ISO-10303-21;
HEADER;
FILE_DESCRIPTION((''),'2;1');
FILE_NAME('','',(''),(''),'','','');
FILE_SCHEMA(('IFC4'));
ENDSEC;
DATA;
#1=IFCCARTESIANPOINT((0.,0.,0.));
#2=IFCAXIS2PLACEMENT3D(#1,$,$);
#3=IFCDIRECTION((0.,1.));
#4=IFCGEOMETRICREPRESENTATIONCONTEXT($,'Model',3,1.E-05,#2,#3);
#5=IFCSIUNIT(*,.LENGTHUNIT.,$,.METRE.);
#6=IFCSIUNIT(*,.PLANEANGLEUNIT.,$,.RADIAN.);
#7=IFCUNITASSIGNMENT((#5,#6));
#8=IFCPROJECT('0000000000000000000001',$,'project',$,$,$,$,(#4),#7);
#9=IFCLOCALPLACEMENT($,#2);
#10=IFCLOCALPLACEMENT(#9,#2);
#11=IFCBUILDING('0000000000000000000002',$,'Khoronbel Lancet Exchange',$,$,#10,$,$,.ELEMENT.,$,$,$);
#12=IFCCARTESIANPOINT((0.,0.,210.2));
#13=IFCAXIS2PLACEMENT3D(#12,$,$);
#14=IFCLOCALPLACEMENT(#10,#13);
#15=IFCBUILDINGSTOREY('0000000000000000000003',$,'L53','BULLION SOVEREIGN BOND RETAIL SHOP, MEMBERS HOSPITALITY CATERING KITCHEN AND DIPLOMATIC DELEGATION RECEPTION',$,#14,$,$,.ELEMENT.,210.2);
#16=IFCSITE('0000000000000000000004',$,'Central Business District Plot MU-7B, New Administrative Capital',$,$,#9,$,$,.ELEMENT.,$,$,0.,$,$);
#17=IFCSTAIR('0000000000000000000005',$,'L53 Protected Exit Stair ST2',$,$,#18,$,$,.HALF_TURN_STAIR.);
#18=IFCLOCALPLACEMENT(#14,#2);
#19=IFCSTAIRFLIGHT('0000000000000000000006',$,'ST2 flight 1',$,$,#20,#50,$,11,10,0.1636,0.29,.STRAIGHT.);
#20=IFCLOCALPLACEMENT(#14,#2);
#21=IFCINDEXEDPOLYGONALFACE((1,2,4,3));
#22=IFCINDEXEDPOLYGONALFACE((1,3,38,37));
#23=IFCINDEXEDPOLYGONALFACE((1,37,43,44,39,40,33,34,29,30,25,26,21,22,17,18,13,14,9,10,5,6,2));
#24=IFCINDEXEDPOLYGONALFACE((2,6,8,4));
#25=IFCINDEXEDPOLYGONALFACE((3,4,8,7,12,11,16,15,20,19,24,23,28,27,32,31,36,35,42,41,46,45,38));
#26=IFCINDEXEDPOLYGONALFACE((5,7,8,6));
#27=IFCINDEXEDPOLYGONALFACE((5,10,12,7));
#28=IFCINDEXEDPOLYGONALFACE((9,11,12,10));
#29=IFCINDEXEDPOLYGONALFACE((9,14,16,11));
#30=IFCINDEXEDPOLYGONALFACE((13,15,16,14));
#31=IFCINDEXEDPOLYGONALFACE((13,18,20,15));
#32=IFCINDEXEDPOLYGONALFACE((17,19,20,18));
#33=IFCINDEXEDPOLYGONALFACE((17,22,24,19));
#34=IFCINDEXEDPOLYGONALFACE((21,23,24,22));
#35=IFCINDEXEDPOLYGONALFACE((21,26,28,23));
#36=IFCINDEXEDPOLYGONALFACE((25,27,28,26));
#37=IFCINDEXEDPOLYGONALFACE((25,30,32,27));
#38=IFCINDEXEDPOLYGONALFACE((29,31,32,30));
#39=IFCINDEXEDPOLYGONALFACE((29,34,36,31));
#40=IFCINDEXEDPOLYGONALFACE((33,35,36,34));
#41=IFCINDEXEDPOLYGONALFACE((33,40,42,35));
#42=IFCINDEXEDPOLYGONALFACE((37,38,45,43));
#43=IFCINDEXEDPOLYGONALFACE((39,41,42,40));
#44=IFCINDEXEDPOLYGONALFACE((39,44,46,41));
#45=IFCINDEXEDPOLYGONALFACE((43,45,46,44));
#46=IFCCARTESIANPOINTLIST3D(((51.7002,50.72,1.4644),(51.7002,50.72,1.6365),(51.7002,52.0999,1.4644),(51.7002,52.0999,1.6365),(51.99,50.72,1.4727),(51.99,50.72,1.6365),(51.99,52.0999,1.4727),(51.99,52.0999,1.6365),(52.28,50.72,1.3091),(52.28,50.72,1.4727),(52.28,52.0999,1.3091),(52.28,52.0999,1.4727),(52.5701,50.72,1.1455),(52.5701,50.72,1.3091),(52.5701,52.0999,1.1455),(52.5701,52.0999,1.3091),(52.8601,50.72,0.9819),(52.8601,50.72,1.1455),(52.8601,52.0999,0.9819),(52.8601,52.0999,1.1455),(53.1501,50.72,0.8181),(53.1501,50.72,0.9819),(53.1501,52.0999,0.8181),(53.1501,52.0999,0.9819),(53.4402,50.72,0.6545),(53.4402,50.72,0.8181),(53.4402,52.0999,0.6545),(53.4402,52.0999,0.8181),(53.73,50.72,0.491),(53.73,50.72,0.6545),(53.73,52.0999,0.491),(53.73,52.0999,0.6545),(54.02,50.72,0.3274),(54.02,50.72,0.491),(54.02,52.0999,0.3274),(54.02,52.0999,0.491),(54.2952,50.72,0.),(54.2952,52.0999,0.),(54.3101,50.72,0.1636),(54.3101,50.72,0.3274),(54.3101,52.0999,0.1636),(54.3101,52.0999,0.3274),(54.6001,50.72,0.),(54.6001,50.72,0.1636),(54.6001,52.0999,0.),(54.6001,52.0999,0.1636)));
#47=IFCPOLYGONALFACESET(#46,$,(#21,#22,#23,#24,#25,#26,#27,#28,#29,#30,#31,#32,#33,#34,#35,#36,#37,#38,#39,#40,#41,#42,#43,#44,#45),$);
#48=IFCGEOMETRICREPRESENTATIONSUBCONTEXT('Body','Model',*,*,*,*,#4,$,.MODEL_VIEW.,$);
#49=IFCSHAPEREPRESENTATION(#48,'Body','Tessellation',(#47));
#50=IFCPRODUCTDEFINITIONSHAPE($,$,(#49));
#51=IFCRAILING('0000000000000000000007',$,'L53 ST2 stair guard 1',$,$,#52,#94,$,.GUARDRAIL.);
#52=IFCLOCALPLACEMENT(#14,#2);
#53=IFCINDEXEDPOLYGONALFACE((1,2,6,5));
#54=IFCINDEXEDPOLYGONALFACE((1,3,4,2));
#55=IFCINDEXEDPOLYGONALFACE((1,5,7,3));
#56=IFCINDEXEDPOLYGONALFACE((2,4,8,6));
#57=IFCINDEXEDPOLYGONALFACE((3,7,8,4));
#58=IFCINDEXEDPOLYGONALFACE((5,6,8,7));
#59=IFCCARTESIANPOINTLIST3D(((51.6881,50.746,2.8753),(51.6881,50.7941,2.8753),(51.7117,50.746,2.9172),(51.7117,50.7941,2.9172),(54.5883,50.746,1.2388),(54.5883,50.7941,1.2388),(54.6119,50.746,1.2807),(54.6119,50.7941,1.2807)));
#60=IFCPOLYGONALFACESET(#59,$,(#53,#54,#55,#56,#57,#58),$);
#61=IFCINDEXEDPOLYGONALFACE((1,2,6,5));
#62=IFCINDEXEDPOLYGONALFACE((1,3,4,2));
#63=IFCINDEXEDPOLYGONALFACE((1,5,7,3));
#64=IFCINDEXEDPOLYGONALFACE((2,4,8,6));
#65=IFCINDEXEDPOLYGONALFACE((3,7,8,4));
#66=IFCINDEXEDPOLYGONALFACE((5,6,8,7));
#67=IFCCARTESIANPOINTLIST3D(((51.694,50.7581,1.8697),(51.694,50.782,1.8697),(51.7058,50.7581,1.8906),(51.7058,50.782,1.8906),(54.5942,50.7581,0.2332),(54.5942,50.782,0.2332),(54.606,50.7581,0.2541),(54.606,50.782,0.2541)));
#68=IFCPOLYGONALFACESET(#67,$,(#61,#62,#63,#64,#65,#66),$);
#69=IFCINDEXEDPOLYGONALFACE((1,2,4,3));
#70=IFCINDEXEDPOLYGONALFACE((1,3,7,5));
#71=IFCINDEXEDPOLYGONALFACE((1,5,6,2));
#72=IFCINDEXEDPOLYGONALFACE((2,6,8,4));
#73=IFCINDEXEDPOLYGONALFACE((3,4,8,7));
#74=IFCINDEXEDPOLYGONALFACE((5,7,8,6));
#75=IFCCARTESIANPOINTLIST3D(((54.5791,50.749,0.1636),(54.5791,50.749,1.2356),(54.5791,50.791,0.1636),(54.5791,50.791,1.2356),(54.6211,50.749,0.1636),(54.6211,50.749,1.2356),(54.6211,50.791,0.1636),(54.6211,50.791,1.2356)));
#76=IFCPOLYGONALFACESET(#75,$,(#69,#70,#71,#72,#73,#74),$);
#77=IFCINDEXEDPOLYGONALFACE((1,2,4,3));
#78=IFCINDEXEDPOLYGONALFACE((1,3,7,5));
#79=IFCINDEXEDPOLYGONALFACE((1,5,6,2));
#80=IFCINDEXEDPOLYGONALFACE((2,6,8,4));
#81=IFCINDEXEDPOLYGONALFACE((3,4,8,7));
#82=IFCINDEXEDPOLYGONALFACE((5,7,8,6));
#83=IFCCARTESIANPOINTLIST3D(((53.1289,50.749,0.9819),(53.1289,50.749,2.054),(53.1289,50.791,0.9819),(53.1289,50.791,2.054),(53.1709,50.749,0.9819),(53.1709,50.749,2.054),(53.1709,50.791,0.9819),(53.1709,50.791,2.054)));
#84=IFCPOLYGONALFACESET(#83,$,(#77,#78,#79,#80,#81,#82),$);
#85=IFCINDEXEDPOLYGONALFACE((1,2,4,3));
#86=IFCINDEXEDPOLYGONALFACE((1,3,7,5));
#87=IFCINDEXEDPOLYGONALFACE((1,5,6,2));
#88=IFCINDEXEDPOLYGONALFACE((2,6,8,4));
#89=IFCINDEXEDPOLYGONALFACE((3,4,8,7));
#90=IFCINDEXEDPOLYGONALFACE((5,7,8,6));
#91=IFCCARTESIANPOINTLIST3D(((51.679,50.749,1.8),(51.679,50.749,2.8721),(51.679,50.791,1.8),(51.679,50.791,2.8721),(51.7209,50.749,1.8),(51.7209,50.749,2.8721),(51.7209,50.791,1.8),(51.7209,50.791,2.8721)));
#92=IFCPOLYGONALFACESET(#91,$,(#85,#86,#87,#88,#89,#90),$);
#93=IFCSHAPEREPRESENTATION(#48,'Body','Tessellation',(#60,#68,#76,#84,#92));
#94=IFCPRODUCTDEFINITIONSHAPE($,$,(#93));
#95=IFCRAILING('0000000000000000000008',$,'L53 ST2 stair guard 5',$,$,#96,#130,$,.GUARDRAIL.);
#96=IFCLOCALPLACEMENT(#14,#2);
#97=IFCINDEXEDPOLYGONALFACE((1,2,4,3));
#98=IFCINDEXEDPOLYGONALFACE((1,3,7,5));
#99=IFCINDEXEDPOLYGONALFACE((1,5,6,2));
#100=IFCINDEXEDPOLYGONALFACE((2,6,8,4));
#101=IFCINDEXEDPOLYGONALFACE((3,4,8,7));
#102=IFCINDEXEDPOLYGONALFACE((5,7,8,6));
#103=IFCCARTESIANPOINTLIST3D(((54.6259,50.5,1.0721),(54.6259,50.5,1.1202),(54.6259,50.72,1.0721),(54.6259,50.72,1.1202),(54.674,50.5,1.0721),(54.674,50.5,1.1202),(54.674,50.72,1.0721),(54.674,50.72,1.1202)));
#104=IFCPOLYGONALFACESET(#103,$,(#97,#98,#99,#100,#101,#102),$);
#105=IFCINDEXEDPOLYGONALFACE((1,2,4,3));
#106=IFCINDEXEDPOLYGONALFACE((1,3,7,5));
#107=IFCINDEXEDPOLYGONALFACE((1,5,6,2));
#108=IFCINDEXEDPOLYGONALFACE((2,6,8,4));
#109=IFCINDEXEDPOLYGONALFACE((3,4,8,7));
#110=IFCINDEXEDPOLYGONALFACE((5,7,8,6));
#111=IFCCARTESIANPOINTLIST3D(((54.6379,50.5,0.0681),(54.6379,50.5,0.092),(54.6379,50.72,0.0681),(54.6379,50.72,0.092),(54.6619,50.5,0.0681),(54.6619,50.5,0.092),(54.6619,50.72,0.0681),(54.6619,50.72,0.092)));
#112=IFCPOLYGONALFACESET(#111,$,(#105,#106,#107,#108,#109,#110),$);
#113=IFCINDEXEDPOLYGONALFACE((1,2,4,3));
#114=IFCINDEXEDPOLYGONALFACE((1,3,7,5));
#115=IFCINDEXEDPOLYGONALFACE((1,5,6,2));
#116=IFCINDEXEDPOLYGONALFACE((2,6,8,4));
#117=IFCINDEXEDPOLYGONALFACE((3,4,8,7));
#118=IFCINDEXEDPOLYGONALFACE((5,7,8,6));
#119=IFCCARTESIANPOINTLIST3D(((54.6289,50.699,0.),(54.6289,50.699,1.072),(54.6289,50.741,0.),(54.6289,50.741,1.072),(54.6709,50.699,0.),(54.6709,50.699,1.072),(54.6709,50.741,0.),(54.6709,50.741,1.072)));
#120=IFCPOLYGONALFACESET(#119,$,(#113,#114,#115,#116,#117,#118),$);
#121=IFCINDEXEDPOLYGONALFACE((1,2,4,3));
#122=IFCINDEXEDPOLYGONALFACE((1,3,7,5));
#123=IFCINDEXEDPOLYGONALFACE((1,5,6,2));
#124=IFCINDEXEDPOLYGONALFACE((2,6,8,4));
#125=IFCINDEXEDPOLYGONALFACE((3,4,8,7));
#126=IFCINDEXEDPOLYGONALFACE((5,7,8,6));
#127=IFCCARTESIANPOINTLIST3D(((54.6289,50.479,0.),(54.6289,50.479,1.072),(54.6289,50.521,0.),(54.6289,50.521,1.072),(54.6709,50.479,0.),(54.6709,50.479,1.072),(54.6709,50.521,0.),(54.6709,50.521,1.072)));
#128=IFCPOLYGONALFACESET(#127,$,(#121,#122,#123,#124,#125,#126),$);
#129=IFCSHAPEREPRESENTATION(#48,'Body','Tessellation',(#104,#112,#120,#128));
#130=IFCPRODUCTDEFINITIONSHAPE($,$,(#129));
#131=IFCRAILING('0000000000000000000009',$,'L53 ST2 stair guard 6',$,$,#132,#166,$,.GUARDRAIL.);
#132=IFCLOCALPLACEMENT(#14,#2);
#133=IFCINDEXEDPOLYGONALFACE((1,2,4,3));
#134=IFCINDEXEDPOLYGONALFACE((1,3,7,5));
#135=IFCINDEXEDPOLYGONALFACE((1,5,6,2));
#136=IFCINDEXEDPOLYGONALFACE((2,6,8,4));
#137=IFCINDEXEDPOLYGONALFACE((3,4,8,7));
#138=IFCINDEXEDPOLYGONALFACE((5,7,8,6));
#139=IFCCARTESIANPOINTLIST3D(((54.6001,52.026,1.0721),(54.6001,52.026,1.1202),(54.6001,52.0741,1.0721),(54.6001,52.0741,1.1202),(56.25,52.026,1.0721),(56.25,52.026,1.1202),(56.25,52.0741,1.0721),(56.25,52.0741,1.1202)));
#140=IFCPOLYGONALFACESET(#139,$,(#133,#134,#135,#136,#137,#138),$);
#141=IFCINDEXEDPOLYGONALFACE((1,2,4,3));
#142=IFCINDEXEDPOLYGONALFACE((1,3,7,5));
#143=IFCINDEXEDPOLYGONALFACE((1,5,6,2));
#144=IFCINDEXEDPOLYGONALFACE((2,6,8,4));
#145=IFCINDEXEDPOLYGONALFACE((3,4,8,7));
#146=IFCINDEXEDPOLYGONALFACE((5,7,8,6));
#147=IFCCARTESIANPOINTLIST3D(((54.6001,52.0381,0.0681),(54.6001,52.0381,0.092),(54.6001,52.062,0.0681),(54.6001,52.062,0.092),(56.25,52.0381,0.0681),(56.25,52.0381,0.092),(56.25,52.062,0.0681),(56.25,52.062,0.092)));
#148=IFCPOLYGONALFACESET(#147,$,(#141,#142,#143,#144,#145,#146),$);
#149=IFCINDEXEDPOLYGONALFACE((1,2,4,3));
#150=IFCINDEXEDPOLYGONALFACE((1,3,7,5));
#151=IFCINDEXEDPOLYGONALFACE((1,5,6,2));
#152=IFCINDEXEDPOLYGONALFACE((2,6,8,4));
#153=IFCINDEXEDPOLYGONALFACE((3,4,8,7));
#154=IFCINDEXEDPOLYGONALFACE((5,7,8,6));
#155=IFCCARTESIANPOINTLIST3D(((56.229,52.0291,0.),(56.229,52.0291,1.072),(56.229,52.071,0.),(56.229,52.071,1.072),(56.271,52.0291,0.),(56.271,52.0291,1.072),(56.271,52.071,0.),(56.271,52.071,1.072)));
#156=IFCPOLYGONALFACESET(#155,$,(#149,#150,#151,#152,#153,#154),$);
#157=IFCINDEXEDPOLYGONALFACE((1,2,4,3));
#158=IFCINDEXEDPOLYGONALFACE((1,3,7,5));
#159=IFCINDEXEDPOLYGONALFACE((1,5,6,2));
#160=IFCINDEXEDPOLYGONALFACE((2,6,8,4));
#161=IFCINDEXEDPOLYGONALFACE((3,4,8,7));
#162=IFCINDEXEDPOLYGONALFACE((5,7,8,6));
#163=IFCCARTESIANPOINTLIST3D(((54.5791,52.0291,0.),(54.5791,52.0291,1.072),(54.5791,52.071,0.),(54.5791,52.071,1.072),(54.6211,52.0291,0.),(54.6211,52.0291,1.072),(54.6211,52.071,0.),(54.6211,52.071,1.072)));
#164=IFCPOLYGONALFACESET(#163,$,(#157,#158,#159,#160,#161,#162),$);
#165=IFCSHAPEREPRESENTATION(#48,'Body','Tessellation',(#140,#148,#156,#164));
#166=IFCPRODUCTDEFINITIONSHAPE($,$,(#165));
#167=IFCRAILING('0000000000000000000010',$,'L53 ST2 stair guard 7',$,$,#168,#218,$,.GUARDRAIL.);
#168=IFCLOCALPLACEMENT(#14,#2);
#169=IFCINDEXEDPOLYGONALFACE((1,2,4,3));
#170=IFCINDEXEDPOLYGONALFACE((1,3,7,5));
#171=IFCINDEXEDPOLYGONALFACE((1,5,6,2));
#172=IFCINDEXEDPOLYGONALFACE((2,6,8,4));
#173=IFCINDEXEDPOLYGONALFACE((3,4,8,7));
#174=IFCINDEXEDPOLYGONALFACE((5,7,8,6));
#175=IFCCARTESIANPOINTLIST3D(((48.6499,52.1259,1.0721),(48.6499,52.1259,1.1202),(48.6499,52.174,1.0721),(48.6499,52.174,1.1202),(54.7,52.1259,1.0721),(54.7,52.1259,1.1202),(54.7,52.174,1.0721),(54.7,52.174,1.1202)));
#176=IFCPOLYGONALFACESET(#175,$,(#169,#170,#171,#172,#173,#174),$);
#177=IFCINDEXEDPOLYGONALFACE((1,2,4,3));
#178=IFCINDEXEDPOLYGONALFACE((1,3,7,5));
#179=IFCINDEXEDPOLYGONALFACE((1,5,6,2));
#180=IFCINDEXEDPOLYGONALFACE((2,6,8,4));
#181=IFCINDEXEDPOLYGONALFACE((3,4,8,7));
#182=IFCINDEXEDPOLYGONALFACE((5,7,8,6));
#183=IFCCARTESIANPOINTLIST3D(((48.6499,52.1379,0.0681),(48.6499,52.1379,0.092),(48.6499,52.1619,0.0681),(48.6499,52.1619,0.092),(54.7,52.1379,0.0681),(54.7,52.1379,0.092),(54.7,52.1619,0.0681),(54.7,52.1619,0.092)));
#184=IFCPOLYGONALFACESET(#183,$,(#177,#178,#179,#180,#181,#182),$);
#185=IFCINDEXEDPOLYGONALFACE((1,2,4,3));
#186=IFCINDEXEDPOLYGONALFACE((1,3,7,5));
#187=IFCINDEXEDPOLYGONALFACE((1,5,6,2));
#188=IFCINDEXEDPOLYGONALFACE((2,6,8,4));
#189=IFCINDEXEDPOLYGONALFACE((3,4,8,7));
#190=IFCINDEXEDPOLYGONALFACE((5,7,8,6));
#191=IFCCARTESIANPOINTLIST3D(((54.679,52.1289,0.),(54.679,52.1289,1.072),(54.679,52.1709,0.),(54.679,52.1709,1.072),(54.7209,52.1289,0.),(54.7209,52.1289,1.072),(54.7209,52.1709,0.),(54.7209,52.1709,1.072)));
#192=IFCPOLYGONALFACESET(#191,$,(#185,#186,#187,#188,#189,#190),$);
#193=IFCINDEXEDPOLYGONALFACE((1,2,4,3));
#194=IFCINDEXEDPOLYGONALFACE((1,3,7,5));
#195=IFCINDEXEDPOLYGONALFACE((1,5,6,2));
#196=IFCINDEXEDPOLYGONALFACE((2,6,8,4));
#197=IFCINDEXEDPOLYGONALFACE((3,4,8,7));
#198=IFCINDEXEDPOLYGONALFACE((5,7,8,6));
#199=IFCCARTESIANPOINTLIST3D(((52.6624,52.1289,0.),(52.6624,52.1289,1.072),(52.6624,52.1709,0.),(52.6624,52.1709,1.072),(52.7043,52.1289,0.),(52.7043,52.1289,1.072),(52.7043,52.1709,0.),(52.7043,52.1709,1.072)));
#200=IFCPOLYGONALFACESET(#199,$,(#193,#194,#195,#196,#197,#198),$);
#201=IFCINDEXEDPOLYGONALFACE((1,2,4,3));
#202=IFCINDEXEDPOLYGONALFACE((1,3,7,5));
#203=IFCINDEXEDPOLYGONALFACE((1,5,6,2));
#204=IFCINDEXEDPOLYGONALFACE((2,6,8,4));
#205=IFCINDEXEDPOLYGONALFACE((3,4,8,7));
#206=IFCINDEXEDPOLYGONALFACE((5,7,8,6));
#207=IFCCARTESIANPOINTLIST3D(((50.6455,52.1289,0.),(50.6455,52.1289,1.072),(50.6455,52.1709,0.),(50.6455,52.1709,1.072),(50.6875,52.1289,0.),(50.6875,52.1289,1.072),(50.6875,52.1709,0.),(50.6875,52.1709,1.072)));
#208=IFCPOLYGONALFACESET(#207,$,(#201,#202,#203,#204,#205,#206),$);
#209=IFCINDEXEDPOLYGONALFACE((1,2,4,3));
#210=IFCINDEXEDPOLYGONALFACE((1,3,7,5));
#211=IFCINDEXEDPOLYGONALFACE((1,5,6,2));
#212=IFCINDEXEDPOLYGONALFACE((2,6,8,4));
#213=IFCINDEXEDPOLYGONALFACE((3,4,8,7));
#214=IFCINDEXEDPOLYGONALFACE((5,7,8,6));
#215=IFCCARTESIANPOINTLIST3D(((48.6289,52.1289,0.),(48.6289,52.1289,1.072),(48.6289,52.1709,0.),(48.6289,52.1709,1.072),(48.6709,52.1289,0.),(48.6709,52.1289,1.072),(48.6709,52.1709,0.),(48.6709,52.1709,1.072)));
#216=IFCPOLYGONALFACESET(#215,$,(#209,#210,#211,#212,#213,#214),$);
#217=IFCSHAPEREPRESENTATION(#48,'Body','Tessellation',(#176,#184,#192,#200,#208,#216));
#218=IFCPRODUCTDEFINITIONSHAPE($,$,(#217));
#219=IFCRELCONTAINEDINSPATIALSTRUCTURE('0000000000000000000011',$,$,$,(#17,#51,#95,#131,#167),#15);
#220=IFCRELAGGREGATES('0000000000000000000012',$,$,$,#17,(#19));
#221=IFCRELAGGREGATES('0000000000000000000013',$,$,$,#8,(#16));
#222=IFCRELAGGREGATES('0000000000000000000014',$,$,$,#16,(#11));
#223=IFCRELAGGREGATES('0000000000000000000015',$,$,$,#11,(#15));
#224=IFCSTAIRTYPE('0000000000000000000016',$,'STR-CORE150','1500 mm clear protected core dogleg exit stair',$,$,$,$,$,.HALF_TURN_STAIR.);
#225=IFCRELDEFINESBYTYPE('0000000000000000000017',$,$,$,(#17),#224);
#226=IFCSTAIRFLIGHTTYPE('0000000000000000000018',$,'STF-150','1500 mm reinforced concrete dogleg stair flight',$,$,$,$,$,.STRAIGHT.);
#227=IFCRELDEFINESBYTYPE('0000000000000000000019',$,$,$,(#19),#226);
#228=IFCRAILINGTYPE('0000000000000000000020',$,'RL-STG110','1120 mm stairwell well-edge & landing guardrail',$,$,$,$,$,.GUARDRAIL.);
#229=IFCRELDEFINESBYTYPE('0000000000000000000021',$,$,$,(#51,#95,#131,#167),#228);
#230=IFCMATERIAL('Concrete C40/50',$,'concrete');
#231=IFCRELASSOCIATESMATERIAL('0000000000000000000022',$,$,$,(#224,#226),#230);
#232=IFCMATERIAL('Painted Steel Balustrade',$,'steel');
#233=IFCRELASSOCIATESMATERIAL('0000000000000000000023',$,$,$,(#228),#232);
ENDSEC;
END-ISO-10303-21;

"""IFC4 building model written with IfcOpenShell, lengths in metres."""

from ifc_helpers import new_model, si_unit, direction, frame, origin, origin_2d, place, context, subcontext, project, spatial, polyline, rectangle, outline, extrude, material, type_object, element, aggregate, save


model = new_model("IFC4")

# Units and contexts
model_context = context("Model", 3, precision=1e-05, world=origin(), true_north=direction((0.0, 1.0)))
body_context = subcontext(model_context, "Body", "Model", "MODEL_VIEW")
ifc_project = project(units=[si_unit("LENGTHUNIT", "METRE"), si_unit("PLANEANGLEUNIT", "RADIAN")], contexts=[model_context])

# Site, building, storey
site_placement = place(None, origin())
site = spatial("IfcSite", under=ifc_project, at=site_placement, Name="Central Business District Plot MU-7B, New Administrative Capital", CompositionType="ELEMENT", RefElevation=0.0)
building_placement = place(site_placement, origin())
building = spatial("IfcBuilding", under=site, at=building_placement, Name="Khoronbel Lancet Exchange", CompositionType="ELEMENT")
storey_placement = place(building_placement, frame((0.0, 0.0, 210.2)))
storey = spatial("IfcBuildingStorey", under=building, at=storey_placement, Name="L53", Description="BULLION SOVEREIGN BOND RETAIL SHOP, MEMBERS HOSPITALITY CATERING KITCHEN AND DIPLOMATIC DELEGATION RECEPTION", CompositionType="ELEMENT", Elevation=210.2)

# Stair, stair flight
ifc_material_1 = material(Name="Concrete C40/50", Category="concrete")
stair_type = type_object("IfcStairType", Name="STR-CORE150", Description="1500 mm clear protected core dogleg exit stair", PredefinedType="HALF_TURN_STAIR", material=ifc_material_1)
stair_placement = place(storey_placement, origin())
stair = element("IfcStair", 1, at=stair_placement, inside=storey, type_object=stair_type, Name="L53 Protected Exit Stair ST2", PredefinedType="HALF_TURN_STAIR")
stair_flight_type = type_object("IfcStairFlightType", Name="STF-150", Description="1500 mm reinforced concrete dogleg stair flight", PredefinedType="STRAIGHT", material=ifc_material_1)
stair_flight_placement = place(storey_placement, frame((54.6001, 51.4099, 0.0), z_axis=(0.0, 0.0, 1.0), x_axis=(-1.0, 0.0, 0.0)))
stair_flight = element("IfcStairFlight", 2, at=stair_flight_placement, type_object=stair_flight_type, Name="ST2 flight 1", NumberOfRisers=11, NumberOfTreads=10, PredefinedType="STRAIGHT", RiserHeight=0.1636, TreadLength=0.29, context=body_context, shape_type="SweptSolid", body=[
    extrude(outline(polyline([(0.0, 0.0), (0.0, 0.1636), (0.29, 0.1636), (0.29, 0.3274), (0.5801, 0.3274), (0.5801, 0.491), (0.8701, 0.491), (0.8701, 0.6545), (1.1599, 0.6545), (1.1599, 0.8181), (1.45, 0.8181), (1.45, 0.9819), (1.74, 0.9819), (1.74, 1.1455), (2.03, 1.1455), (2.03, 1.3091), (2.3201, 1.3091), (2.3201, 1.4727), (2.6101, 1.4727), (2.6101, 1.6365), (2.8999, 1.6365), (2.8999, 1.8), (2.8999, 1.4644), (0.3049, 0.0), (0.0, 0.0)])), frame((0.0, 0.6899, 0.0), z_axis=(0.0, -1.0, 0.0), x_axis=(1.0, 0.0, 0.0)), (0.0, 0.0, 1.0), 1.3799),
])
aggregate(stair, [stair_flight])

# Railings
ifc_material_2 = material(Name="Painted Steel Balustrade", Category="steel")
railing_type_1 = type_object("IfcRailingType", Name="RL-STG110", Description="1120 mm stairwell well-edge & landing guardrail", PredefinedType="GUARDRAIL", material=ifc_material_2)
railing_1_placement = place(storey_placement, frame((54.6001, 50.77, 0.1636)))
element("IfcRailing", 3, at=railing_1_placement, inside=storey, type_object=railing_type_1, Name="L53 ST2 stair guard 1", PredefinedType="GUARDRAIL", context=body_context, shape_type="SweptSolid", body=[
    extrude(rectangle(XDim=0.0481, YDim=0.0481, at=origin_2d()), frame((0.0, 0.0, 1.0962), z_axis=(-0.870915, 0.0, 0.491434), x_axis=(0.0, -1.0, 0.0)), (0.0, 0.0, 1.0), 3.3301),
    extrude(rectangle(XDim=0.0239, YDim=0.0239, at=origin_2d()), frame((0.0, 0.0, 0.0801), z_axis=(-0.870915, 0.0, 0.491434), x_axis=(0.0, -1.0, 0.0)), (0.0, 0.0, 1.0), 3.3301),
    extrude(rectangle(XDim=0.042, YDim=0.042, at=origin_2d()), origin(), (0.0, 0.0, 1.0), 1.072),
    extrude(rectangle(XDim=0.042, YDim=0.042, at=origin_2d()), frame((-1.4502, 0.0, 0.8184)), (0.0, 0.0, 1.0), 1.072),
    extrude(rectangle(XDim=0.042, YDim=0.042, at=origin_2d()), frame((-2.9001, 0.0, 1.6365)), (0.0, 0.0, 1.0), 1.072),
])
railing_2_placement = place(storey_placement, frame((54.6499, 50.72, 0.0)))
element("IfcRailing", 4, at=railing_2_placement, inside=storey, type_object=railing_type_1, Name="L53 ST2 stair guard 5", PredefinedType="GUARDRAIL", context=body_context, shape_type="SweptSolid", body=[
    extrude(rectangle(XDim=0.0481, YDim=0.0481, at=origin_2d()), frame((0.0, 0.0, 1.0962), z_axis=(0.0, -1.0, 0.0), x_axis=(1.0, 0.0, 0.0)), (0.0, 0.0, 1.0), 0.22),
    extrude(rectangle(XDim=0.0239, YDim=0.0239, at=origin_2d()), frame((0.0, 0.0, 0.0801), z_axis=(0.0, -1.0, 0.0), x_axis=(1.0, 0.0, 0.0)), (0.0, 0.0, 1.0), 0.22),
    extrude(rectangle(XDim=0.042, YDim=0.042, at=origin_2d()), origin(), (0.0, 0.0, 1.0), 1.072),
    extrude(rectangle(XDim=0.042, YDim=0.042, at=origin_2d()), frame((0.0, -0.22, 0.0)), (0.0, 0.0, 1.0), 1.072),
])
railing_3_placement = place(storey_placement, frame((56.25, 52.05, 0.0)))
element("IfcRailing", 5, at=railing_3_placement, inside=storey, type_object=railing_type_1, Name="L53 ST2 stair guard 6", PredefinedType="GUARDRAIL", context=body_context, shape_type="SweptSolid", body=[
    extrude(rectangle(XDim=0.0481, YDim=0.0481, at=origin_2d()), frame((0.0, 0.0, 1.0962), z_axis=(-1.0, 0.0, 0.0), x_axis=(0.0, -1.0, 0.0)), (0.0, 0.0, 1.0), 1.6499),
    extrude(rectangle(XDim=0.0239, YDim=0.0239, at=origin_2d()), frame((0.0, 0.0, 0.0801), z_axis=(-1.0, 0.0, 0.0), x_axis=(0.0, -1.0, 0.0)), (0.0, 0.0, 1.0), 1.6499),
    extrude(rectangle(XDim=0.042, YDim=0.042, at=origin_2d()), origin(), (0.0, 0.0, 1.0), 1.072),
    extrude(rectangle(XDim=0.042, YDim=0.042, at=origin_2d()), frame((-1.6499, 0.0, 0.0)), (0.0, 0.0, 1.0), 1.072),
])
railing_4_placement = place(storey_placement, frame((54.7, 52.1499, 0.0)))
element("IfcRailing", 6, at=railing_4_placement, inside=storey, type_object=railing_type_1, Name="L53 ST2 stair guard 7", PredefinedType="GUARDRAIL", context=body_context, shape_type="SweptSolid", body=[
    extrude(rectangle(XDim=0.0481, YDim=0.0481, at=origin_2d()), frame((0.0, 0.0, 1.0962), z_axis=(-1.0, 0.0, 0.0), x_axis=(0.0, -1.0, 0.0)), (0.0, 0.0, 1.0), 6.05),
    extrude(rectangle(XDim=0.0239, YDim=0.0239, at=origin_2d()), frame((0.0, 0.0, 0.0801), z_axis=(-1.0, 0.0, 0.0), x_axis=(0.0, -1.0, 0.0)), (0.0, 0.0, 1.0), 6.05),
    extrude(rectangle(XDim=0.042, YDim=0.042, at=origin_2d()), origin(), (0.0, 0.0, 1.0), 1.072),
    extrude(rectangle(XDim=0.042, YDim=0.042, at=origin_2d()), frame((-2.0166, 0.0, 0.0)), (0.0, 0.0, 1.0), 1.072),
    extrude(rectangle(XDim=0.042, YDim=0.042, at=origin_2d()), frame((-4.0334, 0.0, 0.0)), (0.0, 0.0, 1.0), 1.072),
    extrude(rectangle(XDim=0.042, YDim=0.042, at=origin_2d()), frame((-6.05, 0.0, 0.0)), (0.0, 0.0, 1.0), 1.072),
])

save(model, "model.ifc")
